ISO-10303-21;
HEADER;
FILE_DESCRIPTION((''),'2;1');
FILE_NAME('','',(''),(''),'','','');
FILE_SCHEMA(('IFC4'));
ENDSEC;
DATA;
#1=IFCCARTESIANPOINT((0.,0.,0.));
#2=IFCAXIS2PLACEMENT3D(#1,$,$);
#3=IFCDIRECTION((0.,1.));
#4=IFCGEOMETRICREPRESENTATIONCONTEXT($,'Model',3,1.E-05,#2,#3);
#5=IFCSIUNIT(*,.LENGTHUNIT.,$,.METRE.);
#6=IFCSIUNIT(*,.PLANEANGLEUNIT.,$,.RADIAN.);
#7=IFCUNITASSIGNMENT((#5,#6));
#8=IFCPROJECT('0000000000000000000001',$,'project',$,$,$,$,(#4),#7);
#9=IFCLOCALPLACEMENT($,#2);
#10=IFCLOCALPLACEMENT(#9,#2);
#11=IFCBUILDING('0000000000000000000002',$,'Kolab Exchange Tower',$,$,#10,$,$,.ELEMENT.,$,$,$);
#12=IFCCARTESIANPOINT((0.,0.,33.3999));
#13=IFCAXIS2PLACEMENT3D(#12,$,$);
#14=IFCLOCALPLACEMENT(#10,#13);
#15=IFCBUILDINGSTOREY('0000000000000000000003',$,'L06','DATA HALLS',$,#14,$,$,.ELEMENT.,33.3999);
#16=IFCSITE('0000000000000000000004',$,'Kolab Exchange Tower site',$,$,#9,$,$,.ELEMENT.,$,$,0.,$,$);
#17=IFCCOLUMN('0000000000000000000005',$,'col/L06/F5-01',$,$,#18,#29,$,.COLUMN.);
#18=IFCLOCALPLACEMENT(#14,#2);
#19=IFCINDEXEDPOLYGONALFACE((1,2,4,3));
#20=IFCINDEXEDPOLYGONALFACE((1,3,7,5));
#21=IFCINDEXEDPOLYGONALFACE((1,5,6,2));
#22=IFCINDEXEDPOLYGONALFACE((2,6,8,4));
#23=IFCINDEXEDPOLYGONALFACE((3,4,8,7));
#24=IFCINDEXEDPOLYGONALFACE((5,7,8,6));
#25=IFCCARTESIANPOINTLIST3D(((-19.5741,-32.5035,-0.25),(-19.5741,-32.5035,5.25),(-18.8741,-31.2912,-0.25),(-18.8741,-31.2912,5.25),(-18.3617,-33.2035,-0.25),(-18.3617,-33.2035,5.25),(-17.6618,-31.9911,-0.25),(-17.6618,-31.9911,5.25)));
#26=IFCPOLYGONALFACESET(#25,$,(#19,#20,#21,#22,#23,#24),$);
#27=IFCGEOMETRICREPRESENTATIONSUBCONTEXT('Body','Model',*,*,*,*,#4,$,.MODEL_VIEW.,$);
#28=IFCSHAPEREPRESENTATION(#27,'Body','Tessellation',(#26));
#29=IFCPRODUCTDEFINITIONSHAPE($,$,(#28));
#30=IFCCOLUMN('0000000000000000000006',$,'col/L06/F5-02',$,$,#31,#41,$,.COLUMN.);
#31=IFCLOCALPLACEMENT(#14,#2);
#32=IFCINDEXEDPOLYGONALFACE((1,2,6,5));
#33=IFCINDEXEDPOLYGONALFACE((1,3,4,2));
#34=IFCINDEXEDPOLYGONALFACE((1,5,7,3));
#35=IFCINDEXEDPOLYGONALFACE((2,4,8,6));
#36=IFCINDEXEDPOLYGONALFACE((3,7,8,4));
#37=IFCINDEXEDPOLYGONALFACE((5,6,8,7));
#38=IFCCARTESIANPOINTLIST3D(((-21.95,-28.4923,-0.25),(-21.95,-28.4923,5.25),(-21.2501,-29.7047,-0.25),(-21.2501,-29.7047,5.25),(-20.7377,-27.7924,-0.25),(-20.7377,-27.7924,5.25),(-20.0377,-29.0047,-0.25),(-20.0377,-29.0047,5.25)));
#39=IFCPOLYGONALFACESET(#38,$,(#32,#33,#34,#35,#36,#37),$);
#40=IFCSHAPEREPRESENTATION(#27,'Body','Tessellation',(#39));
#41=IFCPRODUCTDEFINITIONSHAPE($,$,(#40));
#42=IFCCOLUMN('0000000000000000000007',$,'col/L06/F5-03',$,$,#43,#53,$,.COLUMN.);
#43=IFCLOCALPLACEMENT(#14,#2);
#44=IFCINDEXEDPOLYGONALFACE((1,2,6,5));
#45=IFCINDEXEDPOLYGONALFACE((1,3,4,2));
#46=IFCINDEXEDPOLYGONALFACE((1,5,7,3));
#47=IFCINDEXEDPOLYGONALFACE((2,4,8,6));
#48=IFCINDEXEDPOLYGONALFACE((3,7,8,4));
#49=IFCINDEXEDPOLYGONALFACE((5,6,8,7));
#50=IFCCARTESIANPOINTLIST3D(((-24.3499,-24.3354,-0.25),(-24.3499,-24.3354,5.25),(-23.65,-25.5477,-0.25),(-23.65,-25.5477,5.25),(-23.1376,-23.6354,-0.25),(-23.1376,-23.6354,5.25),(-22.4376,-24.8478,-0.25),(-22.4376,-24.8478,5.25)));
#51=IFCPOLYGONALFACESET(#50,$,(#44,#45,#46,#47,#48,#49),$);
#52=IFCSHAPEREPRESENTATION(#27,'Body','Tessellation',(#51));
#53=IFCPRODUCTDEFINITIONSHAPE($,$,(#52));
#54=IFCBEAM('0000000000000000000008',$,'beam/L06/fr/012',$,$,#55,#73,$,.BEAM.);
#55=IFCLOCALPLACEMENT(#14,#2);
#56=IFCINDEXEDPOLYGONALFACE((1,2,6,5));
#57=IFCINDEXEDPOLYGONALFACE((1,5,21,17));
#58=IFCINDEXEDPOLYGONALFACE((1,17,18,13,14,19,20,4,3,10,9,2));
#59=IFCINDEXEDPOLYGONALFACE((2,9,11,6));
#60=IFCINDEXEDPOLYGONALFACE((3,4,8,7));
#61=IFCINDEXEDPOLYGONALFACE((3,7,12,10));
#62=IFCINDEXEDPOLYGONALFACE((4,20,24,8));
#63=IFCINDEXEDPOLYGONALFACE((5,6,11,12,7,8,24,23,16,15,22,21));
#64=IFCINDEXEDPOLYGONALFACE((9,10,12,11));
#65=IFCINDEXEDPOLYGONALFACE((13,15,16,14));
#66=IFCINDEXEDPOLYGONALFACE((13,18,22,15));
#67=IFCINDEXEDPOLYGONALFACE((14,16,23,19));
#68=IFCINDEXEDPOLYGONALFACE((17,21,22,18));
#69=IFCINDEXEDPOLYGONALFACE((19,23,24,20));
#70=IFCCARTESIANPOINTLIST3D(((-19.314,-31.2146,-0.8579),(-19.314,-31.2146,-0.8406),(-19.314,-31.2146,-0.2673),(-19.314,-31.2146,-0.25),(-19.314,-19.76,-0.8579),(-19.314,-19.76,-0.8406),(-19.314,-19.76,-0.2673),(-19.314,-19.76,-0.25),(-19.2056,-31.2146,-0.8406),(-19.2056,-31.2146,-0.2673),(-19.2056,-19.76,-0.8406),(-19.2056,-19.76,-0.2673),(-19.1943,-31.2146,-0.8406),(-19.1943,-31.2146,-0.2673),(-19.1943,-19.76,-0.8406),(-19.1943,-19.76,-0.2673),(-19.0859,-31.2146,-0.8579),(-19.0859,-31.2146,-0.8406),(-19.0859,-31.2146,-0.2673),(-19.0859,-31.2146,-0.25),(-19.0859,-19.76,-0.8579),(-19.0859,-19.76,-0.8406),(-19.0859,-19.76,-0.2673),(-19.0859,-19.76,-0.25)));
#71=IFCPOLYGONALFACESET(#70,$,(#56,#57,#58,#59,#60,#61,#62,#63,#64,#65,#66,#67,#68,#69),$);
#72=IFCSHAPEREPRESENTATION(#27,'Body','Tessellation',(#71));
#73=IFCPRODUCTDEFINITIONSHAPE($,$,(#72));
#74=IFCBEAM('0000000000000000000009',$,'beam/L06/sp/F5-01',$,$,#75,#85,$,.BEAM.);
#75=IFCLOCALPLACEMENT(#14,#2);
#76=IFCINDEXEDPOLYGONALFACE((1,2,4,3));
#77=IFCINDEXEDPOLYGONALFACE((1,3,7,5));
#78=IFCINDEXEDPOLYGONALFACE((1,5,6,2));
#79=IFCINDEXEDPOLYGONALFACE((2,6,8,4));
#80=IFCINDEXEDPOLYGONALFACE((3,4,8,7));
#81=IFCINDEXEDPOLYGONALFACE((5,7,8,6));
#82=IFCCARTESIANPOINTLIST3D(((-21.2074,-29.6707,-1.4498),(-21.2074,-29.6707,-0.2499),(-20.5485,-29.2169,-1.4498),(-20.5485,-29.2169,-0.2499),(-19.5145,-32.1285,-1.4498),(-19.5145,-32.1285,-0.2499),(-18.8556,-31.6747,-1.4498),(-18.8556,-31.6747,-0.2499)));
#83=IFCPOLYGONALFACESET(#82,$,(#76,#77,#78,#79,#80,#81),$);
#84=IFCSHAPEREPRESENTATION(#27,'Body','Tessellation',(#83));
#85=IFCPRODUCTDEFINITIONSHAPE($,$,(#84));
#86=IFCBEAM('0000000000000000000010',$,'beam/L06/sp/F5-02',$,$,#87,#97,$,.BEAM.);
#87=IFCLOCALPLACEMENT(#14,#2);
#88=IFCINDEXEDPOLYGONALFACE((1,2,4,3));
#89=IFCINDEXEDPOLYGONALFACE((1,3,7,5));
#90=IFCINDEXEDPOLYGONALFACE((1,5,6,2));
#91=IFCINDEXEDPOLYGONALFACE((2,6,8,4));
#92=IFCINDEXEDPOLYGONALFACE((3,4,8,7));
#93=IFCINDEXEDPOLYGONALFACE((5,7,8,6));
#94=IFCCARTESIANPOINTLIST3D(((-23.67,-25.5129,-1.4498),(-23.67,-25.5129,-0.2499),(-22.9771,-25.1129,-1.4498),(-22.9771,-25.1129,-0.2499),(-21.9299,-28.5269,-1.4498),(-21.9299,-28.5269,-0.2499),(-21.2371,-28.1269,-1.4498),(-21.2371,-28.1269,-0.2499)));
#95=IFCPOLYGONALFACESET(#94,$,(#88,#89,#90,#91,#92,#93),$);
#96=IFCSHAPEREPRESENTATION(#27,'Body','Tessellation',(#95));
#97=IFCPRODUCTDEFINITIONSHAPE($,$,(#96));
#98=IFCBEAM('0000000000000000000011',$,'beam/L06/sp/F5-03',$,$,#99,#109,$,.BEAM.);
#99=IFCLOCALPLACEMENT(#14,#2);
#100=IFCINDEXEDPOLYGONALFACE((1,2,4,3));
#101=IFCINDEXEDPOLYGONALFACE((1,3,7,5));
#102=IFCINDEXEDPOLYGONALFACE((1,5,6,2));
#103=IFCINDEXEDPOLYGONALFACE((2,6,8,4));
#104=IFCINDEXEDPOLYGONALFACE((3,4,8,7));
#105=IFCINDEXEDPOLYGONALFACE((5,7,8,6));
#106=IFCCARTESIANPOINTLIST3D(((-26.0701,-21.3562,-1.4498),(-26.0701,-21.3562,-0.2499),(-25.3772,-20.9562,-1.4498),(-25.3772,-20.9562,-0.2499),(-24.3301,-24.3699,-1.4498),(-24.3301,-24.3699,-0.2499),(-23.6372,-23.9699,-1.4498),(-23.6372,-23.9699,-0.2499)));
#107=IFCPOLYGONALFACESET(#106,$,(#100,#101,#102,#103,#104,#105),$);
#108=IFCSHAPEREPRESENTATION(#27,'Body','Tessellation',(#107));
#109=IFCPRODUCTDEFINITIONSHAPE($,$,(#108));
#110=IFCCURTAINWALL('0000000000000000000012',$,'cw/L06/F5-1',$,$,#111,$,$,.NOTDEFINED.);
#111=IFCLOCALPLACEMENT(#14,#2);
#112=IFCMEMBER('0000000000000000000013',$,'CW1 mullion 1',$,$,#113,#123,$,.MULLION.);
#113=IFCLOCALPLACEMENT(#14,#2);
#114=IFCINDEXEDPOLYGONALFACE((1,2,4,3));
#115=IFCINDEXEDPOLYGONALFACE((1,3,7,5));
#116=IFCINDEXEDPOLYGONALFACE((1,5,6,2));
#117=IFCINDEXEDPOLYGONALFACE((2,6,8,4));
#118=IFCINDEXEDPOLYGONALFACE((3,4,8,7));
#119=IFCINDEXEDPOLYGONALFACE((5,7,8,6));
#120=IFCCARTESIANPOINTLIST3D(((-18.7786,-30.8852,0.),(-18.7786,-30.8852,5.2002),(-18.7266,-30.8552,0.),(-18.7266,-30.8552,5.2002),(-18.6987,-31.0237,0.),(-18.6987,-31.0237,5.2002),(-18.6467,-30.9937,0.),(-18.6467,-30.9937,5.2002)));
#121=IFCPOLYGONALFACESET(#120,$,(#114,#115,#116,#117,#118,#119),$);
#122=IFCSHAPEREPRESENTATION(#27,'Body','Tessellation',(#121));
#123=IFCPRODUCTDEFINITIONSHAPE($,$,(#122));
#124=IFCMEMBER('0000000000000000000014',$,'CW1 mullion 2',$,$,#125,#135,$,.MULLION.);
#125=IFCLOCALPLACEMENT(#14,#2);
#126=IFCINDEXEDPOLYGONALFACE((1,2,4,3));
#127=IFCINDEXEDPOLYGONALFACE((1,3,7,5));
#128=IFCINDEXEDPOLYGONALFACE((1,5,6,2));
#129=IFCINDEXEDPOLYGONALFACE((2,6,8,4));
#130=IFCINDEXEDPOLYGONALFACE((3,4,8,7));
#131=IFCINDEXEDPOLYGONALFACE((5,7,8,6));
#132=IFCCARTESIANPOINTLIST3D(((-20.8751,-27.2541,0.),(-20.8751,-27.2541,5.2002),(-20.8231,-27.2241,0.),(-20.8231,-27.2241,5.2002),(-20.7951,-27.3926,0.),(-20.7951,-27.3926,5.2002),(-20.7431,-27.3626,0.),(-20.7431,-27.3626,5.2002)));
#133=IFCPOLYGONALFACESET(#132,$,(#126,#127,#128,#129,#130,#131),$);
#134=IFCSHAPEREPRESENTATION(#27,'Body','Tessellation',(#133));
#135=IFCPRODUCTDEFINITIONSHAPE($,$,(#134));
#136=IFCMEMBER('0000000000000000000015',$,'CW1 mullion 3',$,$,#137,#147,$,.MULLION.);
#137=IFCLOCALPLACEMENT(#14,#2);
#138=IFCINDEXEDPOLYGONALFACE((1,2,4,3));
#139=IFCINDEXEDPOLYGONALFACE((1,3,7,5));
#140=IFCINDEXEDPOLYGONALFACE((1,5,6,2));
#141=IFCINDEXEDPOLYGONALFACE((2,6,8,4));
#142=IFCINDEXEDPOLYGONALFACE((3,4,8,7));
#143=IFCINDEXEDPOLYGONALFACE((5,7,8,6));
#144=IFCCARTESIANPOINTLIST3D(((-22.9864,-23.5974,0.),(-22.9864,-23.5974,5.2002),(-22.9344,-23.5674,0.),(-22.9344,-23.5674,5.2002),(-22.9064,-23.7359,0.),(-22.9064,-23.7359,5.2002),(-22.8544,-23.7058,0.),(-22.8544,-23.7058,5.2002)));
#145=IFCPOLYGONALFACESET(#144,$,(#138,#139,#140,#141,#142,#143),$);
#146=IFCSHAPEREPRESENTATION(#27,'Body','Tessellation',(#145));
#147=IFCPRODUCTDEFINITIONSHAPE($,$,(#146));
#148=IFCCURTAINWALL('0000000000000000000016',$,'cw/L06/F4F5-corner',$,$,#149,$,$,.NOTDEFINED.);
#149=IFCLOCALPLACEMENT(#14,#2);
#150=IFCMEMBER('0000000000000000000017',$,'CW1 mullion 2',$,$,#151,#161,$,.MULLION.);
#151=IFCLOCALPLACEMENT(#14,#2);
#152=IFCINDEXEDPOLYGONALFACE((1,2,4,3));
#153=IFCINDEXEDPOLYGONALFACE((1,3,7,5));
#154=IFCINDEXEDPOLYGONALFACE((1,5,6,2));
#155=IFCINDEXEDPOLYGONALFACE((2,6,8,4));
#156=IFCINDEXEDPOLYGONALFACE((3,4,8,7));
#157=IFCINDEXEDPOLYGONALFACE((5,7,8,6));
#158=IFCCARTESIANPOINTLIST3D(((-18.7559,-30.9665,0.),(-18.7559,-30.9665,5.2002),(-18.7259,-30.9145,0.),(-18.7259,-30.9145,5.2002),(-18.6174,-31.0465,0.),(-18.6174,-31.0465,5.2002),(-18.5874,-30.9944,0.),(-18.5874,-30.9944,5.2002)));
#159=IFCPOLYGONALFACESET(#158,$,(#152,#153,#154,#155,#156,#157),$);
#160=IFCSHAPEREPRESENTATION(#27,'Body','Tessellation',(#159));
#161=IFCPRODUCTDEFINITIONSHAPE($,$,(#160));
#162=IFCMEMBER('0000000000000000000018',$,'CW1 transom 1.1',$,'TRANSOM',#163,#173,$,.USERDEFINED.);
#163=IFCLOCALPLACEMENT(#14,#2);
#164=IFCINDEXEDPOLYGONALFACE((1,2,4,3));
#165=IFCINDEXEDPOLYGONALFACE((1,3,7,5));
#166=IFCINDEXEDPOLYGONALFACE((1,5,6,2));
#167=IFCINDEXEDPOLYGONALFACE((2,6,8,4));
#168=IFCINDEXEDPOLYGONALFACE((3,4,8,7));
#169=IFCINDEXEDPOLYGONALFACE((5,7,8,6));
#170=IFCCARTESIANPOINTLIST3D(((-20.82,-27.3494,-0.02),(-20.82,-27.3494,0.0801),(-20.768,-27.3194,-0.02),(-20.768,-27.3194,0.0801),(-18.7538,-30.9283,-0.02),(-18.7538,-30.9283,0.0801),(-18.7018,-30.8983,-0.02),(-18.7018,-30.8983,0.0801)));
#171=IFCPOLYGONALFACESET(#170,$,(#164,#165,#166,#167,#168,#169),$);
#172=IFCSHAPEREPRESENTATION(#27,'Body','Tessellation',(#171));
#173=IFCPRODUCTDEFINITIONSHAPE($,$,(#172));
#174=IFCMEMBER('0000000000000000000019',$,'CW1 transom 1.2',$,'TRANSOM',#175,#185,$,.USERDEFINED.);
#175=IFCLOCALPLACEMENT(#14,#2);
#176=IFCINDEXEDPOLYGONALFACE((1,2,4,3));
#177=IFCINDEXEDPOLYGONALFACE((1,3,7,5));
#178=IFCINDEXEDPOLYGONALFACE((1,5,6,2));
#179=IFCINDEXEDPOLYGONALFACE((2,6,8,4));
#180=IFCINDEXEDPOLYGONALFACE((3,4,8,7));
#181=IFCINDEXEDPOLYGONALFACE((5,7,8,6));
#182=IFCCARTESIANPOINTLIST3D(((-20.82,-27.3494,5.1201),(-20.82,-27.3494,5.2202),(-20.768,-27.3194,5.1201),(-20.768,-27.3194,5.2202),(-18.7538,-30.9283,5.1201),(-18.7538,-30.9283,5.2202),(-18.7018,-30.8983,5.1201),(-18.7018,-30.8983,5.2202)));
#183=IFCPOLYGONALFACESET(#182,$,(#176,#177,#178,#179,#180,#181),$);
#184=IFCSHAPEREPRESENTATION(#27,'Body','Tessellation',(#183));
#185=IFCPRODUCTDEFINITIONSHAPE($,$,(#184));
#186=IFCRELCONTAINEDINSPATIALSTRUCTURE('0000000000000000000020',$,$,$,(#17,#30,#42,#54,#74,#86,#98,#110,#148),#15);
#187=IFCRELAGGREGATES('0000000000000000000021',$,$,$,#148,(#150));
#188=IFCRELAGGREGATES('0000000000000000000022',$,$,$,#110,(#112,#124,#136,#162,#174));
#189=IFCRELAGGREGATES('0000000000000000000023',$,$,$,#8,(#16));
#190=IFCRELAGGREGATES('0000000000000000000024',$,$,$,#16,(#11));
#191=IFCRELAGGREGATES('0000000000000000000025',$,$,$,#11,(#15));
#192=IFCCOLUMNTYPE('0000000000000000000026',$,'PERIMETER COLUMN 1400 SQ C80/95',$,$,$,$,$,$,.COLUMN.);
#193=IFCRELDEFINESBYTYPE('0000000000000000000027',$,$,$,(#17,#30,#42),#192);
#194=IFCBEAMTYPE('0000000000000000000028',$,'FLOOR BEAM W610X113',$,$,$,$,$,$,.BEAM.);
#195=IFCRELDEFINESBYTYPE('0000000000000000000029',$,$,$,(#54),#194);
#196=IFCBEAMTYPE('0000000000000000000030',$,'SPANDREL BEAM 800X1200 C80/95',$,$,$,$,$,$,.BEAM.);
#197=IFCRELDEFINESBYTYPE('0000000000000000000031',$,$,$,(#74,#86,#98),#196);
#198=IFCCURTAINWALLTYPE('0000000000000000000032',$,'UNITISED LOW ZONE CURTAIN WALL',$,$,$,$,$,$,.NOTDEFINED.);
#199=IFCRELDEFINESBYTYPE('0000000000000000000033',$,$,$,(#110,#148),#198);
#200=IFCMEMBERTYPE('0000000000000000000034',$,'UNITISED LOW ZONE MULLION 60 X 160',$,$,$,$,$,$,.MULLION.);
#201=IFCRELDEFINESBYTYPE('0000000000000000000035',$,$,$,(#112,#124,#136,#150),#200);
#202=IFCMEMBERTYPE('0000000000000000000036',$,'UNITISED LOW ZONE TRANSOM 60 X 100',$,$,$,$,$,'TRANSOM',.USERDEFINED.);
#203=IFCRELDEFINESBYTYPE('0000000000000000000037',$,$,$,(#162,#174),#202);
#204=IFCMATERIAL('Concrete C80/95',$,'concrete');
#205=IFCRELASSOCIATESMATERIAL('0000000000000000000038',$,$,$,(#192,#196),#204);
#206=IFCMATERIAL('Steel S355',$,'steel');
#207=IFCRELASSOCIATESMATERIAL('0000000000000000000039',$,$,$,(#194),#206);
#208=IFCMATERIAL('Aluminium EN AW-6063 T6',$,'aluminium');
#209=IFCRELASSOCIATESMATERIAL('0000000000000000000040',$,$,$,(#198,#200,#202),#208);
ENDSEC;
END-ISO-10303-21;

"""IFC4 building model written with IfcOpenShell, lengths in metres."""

from ifc_helpers import new_model, si_unit, direction, frame, origin, origin_2d, place, context, subcontext, project, spatial, rectangle, i_section, extrude, material, material_profile, profile_set, type_object, element, aggregate, save


model = new_model("IFC4")

# Units and contexts
model_context = context("Model", 3, precision=1e-05, world=origin(), true_north=direction((0.0, 1.0)))
body_context = subcontext(model_context, "Body", "Model", "MODEL_VIEW")
ifc_project = project(units=[si_unit("LENGTHUNIT", "METRE"), si_unit("PLANEANGLEUNIT", "RADIAN")], contexts=[model_context])

# Site, building, storey
site_placement = place(None, origin())
site = spatial("IfcSite", under=ifc_project, at=site_placement, Name="Kolab Exchange Tower site", CompositionType="ELEMENT", RefElevation=0.0)
building_placement = place(site_placement, origin())
building = spatial("IfcBuilding", under=site, at=building_placement, Name="Kolab Exchange Tower", CompositionType="ELEMENT")
storey_placement = place(building_placement, frame((0.0, 0.0, 33.3999)))
storey = spatial("IfcBuildingStorey", under=building, at=storey_placement, Name="L06", Description="DATA HALLS", CompositionType="ELEMENT", Elevation=33.3999)

# Columns
ifc_material_1 = material(Name="Concrete C80/95", Category="concrete")
ifc_material_profile_1 = material_profile(ifc_material_1, rectangle(XDim=1.3999, YDim=1.3999, at=origin_2d()), Name="RC1400")
ifc_profile_set_1 = profile_set([ifc_material_profile_1], Name="Concrete C80/95")
column_type = type_object("IfcColumnType", Name="PERIMETER COLUMN 1400 SQ C80/95", PredefinedType="COLUMN", material=ifc_profile_set_1)
for number, where, z_axis, x_axis, name in (
    (1, (-18.6179, -32.2473, -0.25), (0.0, 0.0, 1.0), (0.5, 0.866025, 0.0), "col/L06/F5-01"),
    (2, (-20.9939, -28.7485, -0.25), (0.0, 0.0, 1.0), (0.866025, 0.5, 0.0), "col/L06/F5-02"),
    (3, (-23.3938, -24.5916, -0.25), (0.0, 0.0, 1.0), (0.866025, 0.5, 0.0), "col/L06/F5-03"),
):
    element("IfcColumn", number, at=place(storey_placement, frame(where, z_axis=z_axis, x_axis=x_axis)), inside=storey, type_object=column_type, Name=name, PredefinedType="COLUMN", context=body_context, shape_type="SweptSolid", body=[
        extrude(rectangle(XDim=1.3999, YDim=1.3999, at=origin_2d()), origin(), (0.0, 0.0, 1.0), 5.5),
    ])

# Beams
ifc_material_2 = material(Name="Steel S355", Category="steel")
ifc_material_profile_2 = material_profile(ifc_material_2, i_section(OverallWidth=0.228, OverallDepth=0.6079, WebThickness=0.0112, FlangeThickness=0.0173, at=origin_2d()), Name="W610X113")
ifc_profile_set_2 = profile_set([ifc_material_profile_2], Name="Steel S355")
beam_type_1 = type_object("IfcBeamType", Name="FLOOR BEAM W610X113", PredefinedType="BEAM", material=ifc_profile_set_2)
beam_1_placement = place(storey_placement, frame((-19.2, -31.2146, -0.554), z_axis=(0.0, 1.0, 0.0), x_axis=(-1.0, 0.0, 0.0)))
element("IfcBeam", 4, at=beam_1_placement, inside=storey, type_object=beam_type_1, Name="beam/L06/fr/012", PredefinedType="BEAM", context=body_context, shape_type="SweptSolid", body=[
    extrude(i_section(OverallWidth=0.228, OverallDepth=0.6079, WebThickness=0.0112, FlangeThickness=0.0173, at=origin_2d()), origin(), (0.0, 0.0, 1.0), 11.4546),
])
ifc_material_profile_3 = material_profile(ifc_material_1, rectangle(XDim=0.8, YDim=1.2, at=origin_2d()), Name="RC800X1200")
ifc_profile_set_3 = profile_set([ifc_material_profile_3], Name="Concrete C80/95")
beam_type_2 = type_object("IfcBeamType", Name="SPANDREL BEAM 800X1200 C80/95", PredefinedType="BEAM", material=ifc_profile_set_3)
beam_2_placement = place(storey_placement, frame((-19.1851, -31.9016, -0.8499), z_axis=(-0.567247, 0.823548, 0.0), x_axis=(-0.823548, -0.567247, 0.0)))
element("IfcBeam", 5, at=beam_2_placement, inside=storey, type_object=beam_type_2, Name="beam/L06/sp/F5-01", PredefinedType="BEAM", context=body_context, shape_type="SweptSolid", body=[
    extrude(rectangle(XDim=0.8, YDim=1.2, at=origin_2d()), origin(), (0.0, 0.0, 1.0), 2.9844),
])
beam_3_placement = place(storey_placement, frame((-21.5835, -28.3269, -0.8499), z_axis=(-0.49998, 0.866037, 0.0), x_axis=(-0.866037, -0.49998, 0.0)))
element("IfcBeam", 6, at=beam_3_placement, inside=storey, type_object=beam_type_2, Name="beam/L06/sp/F5-02", PredefinedType="BEAM", context=body_context, shape_type="SweptSolid", body=[
    extrude(rectangle(XDim=0.8, YDim=1.2, at=origin_2d()), origin(), (0.0, 0.0, 1.0), 3.4802),
])
beam_4_placement = place(storey_placement, frame((-23.9836, -24.1699, -0.8499), z_axis=(-0.50001, 0.86602, 0.0), x_axis=(-0.86602, -0.50001, 0.0)))
element("IfcBeam", 7, at=beam_4_placement, inside=storey, type_object=beam_type_2, Name="beam/L06/sp/F5-03", PredefinedType="BEAM", context=body_context, shape_type="SweptSolid", body=[
    extrude(rectangle(XDim=0.8, YDim=1.2, at=origin_2d()), origin(), (0.0, 0.0, 1.0), 3.48),
])

# Curtain wall, members
ifc_material_3 = material(Name="Aluminium EN AW-6063 T6", Category="aluminium")
curtain_wall_type = type_object("IfcCurtainWallType", Name="UNITISED LOW ZONE CURTAIN WALL", PredefinedType="NOTDEFINED", material=ifc_material_3)
curtain_wall_1_placement = place(storey_placement, origin())
curtain_wall_1 = element("IfcCurtainWall", 8, at=curtain_wall_1_placement, inside=storey, type_object=curtain_wall_type, Name="cw/L06/F5-1", PredefinedType="NOTDEFINED")
ifc_material_profile_4 = material_profile(ifc_material_3, rectangle(XDim=0.0601, YDim=0.1599, at=origin_2d()), Name="RECT 60X160")
ifc_profile_set_4 = profile_set([ifc_material_profile_4], Name="Aluminium EN AW-6063 T6")
member_type_1 = type_object("IfcMemberType", Name="UNITISED LOW ZONE MULLION 60 X 160", PredefinedType="MULLION", material=ifc_profile_set_4)
member_1_placement = place(storey_placement, frame((-18.7126, -30.9395, 0.0), z_axis=(0.0, 0.0, 1.0), x_axis=(-0.866025, -0.5, 0.0)))
member_1 = element("IfcMember", 9, at=member_1_placement, type_object=member_type_1, Name="CW1 mullion 1", PredefinedType="MULLION", context=body_context, shape_type="SweptSolid", body=[
    extrude(rectangle(XDim=0.0601, YDim=0.1599, at=origin_2d()), origin(), (0.0, 0.0, 1.0), 5.2002),
])
member_2_placement = place(storey_placement, frame((-20.8091, -27.3083, 0.0), z_axis=(0.0, 0.0, 1.0), x_axis=(-0.866025, -0.5, 0.0)))
member_2 = element("IfcMember", 10, at=member_2_placement, type_object=member_type_1, Name="CW1 mullion 2", PredefinedType="MULLION", context=body_context, shape_type="SweptSolid", body=[
    extrude(rectangle(XDim=0.0601, YDim=0.1599, at=origin_2d()), origin(), (0.0, 0.0, 1.0), 5.2002),
])
member_3_placement = place(storey_placement, frame((-22.9204, -23.6516, 0.0), z_axis=(0.0, 0.0, 1.0), x_axis=(-0.866025, -0.5, 0.0)))
member_3 = element("IfcMember", 11, at=member_3_placement, type_object=member_type_1, Name="CW1 mullion 3", PredefinedType="MULLION", context=body_context, shape_type="SweptSolid", body=[
    extrude(rectangle(XDim=0.0601, YDim=0.1599, at=origin_2d()), origin(), (0.0, 0.0, 1.0), 5.2002),
])

# Curtain wall, member
curtain_wall_2_placement = place(storey_placement, origin())
curtain_wall_2 = element("IfcCurtainWall", 12, at=curtain_wall_2_placement, inside=storey, type_object=curtain_wall_type, Name="cw/L06/F4F5-corner", PredefinedType="NOTDEFINED")
member_4_placement = place(storey_placement, frame((-18.6716, -30.9805, 0.0), z_axis=(0.0, 0.0, 1.0), x_axis=(-0.5, -0.866025, 0.0)))
member_4 = element("IfcMember", 13, at=member_4_placement, type_object=member_type_1, Name="CW1 mullion 2", PredefinedType="MULLION", context=body_context, shape_type="SweptSolid", body=[
    extrude(rectangle(XDim=0.0601, YDim=0.1599, at=origin_2d()), origin(), (0.0, 0.0, 1.0), 5.2002),
])
aggregate(curtain_wall_2, [member_4])

# Members
ifc_material_profile_5 = material_profile(ifc_material_3, rectangle(XDim=0.0601, YDim=0.1001, at=origin_2d()), Name="RECT 60X100")
ifc_profile_set_5 = profile_set([ifc_material_profile_5], Name="Aluminium EN AW-6063 T6")
member_type_2 = type_object("IfcMemberType", Name="UNITISED LOW ZONE TRANSOM 60 X 100", ElementType="TRANSOM", PredefinedType="USERDEFINED", material=ifc_profile_set_5)
member_5_placement = place(storey_placement, frame((-18.7278, -30.9133, 0.03), z_axis=(-0.499983, 0.866035, 0.0), x_axis=(-0.866035, -0.499983, 0.0)))
member_5 = element("IfcMember", 14, at=member_5_placement, type_object=member_type_2, Name="CW1 transom 1.1", ObjectType="TRANSOM", PredefinedType="USERDEFINED", context=body_context, shape_type="SweptSolid", body=[
    extrude(rectangle(XDim=0.0601, YDim=0.1001, at=origin_2d()), origin(), (0.0, 0.0, 1.0), 4.1326),
])
member_6_placement = place(storey_placement, frame((-18.7278, -30.9133, 5.1702), z_axis=(-0.499983, 0.866035, 0.0), x_axis=(-0.866035, -0.499983, 0.0)))
member_6 = element("IfcMember", 15, at=member_6_placement, type_object=member_type_2, Name="CW1 transom 1.2", ObjectType="TRANSOM", PredefinedType="USERDEFINED", context=body_context, shape_type="SweptSolid", body=[
    extrude(rectangle(XDim=0.0601, YDim=0.1001, at=origin_2d()), origin(), (0.0, 0.0, 1.0), 4.1326),
])

aggregate(curtain_wall_1, [member_1, member_2, member_3, member_5, member_6])

save(model, "model.ifc")
